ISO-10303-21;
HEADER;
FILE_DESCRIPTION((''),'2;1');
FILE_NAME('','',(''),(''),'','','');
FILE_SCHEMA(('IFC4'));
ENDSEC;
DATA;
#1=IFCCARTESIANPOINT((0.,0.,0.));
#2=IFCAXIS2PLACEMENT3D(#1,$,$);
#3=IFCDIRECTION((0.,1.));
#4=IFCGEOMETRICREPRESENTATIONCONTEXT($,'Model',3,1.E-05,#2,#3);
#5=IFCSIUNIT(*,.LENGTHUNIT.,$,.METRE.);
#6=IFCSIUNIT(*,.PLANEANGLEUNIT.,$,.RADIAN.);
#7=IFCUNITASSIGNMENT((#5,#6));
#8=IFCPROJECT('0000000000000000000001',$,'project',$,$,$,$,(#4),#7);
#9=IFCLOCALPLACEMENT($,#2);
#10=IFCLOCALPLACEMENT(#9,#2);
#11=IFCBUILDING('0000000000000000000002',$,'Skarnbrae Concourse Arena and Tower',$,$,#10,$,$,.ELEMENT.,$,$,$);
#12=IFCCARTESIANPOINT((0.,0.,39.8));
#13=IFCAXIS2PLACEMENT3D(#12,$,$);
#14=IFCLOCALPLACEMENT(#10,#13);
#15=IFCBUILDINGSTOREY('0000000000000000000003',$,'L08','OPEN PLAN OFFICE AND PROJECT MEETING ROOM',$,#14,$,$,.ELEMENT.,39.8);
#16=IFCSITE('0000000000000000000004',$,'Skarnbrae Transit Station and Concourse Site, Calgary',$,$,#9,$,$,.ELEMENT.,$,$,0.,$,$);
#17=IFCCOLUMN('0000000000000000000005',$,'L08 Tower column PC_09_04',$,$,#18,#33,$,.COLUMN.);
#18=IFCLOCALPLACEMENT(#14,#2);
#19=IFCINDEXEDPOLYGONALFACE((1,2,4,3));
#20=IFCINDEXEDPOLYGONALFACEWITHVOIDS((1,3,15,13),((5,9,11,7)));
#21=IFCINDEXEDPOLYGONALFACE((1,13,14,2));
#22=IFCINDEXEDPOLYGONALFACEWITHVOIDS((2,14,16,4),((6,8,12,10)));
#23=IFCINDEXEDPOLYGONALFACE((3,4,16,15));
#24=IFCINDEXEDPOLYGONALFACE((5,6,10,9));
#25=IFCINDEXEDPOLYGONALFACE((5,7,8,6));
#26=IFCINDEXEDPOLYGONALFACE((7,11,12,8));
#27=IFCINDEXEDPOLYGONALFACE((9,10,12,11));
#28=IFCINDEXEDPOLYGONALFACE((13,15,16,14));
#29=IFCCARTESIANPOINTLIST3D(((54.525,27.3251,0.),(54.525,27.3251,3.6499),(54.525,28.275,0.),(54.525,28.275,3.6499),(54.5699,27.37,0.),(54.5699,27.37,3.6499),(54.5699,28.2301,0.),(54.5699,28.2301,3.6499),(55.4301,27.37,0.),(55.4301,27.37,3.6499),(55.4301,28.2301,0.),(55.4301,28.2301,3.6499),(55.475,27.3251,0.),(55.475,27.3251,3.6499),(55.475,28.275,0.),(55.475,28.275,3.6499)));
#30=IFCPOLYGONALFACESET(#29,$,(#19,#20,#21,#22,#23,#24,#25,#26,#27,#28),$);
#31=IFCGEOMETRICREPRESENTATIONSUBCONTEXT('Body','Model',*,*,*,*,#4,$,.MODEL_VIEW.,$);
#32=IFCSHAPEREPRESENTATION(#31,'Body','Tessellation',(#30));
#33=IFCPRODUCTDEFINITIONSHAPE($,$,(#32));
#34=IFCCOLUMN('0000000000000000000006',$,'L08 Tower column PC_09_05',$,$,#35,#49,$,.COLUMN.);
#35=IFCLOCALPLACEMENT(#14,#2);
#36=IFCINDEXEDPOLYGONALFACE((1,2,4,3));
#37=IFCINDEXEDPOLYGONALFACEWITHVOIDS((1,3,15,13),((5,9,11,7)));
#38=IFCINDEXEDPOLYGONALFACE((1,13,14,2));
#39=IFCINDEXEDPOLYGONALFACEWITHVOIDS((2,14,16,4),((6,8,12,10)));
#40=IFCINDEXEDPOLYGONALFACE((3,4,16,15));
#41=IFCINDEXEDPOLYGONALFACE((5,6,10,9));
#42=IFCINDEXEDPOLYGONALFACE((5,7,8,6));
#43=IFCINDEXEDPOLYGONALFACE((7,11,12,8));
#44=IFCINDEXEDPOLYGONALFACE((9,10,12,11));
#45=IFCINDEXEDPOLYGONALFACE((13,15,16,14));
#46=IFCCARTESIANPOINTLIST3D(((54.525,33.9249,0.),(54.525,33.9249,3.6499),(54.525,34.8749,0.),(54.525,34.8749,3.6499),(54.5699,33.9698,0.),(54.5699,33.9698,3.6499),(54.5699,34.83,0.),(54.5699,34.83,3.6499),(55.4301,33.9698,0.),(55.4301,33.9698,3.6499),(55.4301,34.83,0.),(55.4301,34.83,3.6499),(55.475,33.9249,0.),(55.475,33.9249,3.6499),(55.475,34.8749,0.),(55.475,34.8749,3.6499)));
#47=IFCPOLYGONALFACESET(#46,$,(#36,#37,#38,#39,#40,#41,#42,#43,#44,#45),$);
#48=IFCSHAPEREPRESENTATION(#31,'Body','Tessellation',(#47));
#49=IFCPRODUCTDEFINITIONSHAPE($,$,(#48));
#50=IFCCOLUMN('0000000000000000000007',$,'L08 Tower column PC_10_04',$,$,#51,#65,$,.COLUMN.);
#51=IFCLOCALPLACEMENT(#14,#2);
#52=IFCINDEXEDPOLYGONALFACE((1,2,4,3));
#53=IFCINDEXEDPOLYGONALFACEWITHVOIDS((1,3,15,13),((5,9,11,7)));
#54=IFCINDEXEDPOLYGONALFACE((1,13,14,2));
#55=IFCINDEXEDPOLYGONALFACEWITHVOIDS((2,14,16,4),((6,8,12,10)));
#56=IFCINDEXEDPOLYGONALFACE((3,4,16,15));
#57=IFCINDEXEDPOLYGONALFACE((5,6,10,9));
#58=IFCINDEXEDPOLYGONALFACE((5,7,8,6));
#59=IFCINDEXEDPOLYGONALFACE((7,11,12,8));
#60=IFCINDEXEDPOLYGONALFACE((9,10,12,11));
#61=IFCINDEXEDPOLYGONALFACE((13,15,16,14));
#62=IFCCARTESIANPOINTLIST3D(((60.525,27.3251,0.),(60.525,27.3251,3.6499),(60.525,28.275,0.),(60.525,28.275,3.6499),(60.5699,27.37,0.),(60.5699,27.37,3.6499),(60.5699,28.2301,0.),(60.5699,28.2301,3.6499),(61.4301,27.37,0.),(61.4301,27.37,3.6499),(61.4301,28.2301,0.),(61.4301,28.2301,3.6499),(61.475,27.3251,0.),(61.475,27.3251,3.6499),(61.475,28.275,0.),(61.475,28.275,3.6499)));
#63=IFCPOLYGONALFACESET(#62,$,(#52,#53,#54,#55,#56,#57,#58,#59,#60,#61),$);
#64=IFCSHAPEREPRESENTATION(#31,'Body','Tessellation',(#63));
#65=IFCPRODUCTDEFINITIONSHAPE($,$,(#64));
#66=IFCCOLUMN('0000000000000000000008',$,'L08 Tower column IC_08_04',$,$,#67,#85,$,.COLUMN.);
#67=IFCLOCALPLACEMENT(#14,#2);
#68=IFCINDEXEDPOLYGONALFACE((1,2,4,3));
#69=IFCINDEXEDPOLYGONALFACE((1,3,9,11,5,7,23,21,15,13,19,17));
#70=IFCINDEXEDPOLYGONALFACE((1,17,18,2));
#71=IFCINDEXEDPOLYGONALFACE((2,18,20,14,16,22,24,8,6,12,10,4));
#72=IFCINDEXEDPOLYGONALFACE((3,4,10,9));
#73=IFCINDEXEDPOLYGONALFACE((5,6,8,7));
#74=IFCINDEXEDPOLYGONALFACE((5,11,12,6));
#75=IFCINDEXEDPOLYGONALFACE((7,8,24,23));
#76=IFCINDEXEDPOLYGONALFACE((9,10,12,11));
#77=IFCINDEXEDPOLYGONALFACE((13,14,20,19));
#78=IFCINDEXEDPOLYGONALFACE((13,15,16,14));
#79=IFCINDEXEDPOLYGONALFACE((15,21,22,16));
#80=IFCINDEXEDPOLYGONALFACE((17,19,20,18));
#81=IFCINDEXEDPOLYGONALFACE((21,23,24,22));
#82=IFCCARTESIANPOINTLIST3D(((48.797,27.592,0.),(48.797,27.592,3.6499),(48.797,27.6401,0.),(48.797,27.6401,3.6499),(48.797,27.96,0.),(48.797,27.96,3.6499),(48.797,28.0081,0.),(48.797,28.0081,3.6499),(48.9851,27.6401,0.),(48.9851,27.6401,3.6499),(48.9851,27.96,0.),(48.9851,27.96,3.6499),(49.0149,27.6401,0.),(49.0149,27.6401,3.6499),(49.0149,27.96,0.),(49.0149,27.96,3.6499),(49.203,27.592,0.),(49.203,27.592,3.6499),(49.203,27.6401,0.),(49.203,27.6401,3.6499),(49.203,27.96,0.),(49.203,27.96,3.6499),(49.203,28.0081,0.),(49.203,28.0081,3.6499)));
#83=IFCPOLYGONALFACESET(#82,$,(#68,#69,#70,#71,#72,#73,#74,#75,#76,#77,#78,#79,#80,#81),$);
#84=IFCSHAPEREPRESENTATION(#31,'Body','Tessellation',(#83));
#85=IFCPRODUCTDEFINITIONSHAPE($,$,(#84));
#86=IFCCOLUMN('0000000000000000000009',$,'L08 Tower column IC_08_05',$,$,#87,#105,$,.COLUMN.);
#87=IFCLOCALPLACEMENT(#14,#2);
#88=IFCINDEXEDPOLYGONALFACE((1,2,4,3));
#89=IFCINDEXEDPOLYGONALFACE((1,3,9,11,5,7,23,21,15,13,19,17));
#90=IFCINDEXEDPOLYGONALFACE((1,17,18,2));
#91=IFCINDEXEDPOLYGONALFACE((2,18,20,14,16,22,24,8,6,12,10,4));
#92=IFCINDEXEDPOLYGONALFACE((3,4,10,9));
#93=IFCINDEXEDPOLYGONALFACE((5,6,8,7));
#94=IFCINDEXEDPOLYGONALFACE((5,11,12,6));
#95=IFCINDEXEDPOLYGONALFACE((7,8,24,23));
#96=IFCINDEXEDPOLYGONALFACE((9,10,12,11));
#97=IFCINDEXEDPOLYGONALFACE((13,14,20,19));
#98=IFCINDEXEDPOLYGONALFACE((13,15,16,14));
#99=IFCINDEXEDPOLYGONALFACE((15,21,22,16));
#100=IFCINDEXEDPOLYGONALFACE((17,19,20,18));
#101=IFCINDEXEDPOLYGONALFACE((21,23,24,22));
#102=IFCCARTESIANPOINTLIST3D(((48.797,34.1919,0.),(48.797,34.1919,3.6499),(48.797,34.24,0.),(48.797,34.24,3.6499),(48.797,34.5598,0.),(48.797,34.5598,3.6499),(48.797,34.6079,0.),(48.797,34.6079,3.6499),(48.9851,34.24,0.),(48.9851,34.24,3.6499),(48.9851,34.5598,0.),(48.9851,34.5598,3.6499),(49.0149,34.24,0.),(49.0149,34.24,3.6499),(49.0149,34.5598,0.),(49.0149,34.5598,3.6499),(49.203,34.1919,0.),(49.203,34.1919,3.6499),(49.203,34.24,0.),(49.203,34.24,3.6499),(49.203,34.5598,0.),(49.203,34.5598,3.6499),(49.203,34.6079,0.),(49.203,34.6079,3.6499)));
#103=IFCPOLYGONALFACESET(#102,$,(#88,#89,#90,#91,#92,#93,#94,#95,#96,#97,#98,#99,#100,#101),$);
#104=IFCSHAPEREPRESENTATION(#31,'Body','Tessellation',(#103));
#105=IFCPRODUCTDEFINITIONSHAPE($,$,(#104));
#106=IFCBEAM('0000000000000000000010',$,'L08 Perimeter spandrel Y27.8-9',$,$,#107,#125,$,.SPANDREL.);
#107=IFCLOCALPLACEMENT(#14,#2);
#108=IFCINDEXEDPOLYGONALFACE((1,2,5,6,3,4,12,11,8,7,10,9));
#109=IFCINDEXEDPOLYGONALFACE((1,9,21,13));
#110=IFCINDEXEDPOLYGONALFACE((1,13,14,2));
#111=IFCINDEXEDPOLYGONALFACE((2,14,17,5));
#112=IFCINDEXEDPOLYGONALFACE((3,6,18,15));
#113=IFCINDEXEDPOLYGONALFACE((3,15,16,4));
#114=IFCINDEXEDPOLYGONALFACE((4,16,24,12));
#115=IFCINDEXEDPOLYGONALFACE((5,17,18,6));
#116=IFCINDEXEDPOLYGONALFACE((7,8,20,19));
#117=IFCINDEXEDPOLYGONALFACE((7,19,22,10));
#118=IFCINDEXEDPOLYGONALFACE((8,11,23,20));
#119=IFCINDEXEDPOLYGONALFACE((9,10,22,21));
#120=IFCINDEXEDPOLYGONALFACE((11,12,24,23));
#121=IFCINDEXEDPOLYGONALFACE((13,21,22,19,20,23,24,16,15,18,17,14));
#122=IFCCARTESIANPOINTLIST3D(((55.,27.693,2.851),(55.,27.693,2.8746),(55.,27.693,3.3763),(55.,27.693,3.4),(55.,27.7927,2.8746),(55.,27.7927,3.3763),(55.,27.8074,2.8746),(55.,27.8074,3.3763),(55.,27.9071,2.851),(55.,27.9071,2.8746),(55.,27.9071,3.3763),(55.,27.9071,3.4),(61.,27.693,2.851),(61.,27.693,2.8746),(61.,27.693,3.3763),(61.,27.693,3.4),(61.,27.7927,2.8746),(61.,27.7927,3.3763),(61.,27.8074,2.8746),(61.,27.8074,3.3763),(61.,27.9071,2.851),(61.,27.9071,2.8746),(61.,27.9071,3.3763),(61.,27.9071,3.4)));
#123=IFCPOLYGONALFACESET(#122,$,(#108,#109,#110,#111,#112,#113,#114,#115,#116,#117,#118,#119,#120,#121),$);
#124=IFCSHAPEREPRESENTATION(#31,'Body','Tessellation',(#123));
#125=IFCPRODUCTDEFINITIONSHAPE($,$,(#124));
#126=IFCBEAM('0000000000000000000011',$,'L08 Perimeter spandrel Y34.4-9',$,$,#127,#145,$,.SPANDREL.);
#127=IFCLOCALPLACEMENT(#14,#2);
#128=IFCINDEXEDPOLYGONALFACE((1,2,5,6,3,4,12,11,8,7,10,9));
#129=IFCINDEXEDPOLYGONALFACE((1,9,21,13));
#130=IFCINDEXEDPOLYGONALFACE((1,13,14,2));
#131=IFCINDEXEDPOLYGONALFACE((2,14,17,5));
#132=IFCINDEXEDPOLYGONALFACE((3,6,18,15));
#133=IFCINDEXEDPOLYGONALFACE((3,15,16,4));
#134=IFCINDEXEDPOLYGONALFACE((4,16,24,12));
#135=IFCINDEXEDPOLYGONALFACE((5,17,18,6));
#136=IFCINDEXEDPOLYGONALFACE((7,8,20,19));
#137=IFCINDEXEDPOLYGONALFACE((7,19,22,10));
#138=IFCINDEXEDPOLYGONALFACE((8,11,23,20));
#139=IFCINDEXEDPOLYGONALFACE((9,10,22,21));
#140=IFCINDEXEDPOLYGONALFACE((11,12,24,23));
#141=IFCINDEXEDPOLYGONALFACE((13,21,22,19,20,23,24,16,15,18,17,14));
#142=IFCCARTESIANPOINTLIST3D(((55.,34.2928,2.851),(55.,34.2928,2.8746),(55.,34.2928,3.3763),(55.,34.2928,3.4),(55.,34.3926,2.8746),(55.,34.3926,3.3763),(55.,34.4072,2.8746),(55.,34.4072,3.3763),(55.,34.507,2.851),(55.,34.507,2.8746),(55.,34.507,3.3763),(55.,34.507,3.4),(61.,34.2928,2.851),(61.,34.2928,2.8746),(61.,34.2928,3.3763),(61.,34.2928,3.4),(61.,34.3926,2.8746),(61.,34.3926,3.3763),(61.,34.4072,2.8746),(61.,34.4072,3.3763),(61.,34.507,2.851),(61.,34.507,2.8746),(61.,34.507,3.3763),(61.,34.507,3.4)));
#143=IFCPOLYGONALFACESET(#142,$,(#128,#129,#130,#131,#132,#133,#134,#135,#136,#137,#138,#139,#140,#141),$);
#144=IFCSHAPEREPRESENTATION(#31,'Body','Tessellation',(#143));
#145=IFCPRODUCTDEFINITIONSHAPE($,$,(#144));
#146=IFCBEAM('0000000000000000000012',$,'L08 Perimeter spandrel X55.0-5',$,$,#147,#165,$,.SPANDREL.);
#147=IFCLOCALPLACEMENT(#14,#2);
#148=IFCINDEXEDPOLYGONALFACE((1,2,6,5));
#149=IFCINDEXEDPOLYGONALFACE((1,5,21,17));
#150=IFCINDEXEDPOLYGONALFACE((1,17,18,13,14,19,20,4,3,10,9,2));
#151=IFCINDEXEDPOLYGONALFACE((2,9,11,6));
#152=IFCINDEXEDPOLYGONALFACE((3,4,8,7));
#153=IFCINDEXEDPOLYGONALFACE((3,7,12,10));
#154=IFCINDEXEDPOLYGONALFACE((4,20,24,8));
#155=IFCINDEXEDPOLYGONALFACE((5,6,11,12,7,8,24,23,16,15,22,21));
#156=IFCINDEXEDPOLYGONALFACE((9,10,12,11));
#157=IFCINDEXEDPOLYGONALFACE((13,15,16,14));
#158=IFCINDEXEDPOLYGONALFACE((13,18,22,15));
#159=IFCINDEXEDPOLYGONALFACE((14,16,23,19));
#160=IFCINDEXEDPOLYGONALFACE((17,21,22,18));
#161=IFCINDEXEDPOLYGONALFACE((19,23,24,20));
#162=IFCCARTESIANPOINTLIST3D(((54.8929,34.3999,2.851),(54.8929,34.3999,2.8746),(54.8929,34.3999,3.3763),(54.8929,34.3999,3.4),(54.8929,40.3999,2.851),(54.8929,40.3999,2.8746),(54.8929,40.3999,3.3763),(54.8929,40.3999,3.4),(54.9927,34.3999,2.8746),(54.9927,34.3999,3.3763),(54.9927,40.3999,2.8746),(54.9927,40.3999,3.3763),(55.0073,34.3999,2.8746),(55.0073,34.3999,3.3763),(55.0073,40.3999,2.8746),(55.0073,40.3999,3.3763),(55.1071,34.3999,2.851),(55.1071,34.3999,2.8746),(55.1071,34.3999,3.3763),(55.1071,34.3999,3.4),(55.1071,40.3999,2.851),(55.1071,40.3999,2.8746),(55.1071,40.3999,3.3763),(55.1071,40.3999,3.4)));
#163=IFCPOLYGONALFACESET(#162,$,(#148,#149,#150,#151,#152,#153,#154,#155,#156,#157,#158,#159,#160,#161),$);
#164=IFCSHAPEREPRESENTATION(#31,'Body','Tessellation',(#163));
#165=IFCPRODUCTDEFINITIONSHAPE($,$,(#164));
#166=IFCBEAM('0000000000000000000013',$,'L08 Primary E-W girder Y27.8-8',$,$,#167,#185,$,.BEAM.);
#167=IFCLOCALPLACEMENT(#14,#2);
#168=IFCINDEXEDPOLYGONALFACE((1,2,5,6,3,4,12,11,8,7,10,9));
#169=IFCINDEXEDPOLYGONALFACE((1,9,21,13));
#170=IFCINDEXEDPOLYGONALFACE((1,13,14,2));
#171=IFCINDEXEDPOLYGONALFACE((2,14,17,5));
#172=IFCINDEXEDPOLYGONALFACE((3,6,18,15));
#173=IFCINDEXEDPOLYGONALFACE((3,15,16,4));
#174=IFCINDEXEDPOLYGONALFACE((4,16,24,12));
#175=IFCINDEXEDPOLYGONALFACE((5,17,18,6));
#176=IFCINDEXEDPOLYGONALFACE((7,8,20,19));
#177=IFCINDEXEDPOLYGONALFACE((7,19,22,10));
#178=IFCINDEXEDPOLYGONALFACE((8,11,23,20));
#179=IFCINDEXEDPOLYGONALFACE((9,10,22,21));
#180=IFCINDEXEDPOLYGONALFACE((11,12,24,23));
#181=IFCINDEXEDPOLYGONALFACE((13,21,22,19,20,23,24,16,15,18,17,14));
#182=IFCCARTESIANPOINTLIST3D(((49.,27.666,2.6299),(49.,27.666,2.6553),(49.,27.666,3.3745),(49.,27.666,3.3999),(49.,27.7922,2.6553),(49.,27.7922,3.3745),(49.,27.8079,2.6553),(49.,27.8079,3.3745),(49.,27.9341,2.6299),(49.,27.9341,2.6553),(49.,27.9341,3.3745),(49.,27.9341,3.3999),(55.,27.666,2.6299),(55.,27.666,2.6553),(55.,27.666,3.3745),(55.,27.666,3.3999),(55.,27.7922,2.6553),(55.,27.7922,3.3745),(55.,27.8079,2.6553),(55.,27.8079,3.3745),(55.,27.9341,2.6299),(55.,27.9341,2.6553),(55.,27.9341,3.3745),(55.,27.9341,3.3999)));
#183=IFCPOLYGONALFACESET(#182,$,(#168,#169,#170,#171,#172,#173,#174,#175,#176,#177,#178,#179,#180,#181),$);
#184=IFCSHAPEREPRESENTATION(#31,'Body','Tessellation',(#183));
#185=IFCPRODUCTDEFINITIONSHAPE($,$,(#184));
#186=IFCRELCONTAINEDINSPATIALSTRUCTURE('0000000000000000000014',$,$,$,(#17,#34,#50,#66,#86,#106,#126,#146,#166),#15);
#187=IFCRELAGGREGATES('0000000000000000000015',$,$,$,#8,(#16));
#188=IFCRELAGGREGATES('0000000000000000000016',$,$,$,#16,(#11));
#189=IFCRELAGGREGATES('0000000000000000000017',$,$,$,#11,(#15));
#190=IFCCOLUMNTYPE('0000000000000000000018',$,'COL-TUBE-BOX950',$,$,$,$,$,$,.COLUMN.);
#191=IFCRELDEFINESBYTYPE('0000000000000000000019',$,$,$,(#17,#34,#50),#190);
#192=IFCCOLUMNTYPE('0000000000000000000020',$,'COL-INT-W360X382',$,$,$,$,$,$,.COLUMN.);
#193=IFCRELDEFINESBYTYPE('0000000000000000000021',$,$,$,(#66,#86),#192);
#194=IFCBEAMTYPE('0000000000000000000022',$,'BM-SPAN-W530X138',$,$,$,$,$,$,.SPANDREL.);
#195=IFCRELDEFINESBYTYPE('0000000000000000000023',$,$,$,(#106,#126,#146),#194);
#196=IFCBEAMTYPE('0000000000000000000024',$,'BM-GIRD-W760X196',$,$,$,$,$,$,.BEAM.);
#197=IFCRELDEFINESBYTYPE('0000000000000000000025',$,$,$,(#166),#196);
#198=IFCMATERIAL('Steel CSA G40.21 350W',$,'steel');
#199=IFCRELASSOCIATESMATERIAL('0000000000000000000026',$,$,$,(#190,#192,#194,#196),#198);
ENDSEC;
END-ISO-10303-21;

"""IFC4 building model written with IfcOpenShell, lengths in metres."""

from ifc_helpers import new_model, si_unit, direction, frame, origin, origin_2d, place, context, subcontext, project, spatial, hollow_rectangle, i_section, extrude, source, transform, mapped, material, material_profile, profile_set, type_object, element, save


model = new_model("IFC4")

# Units and contexts
model_context = context("Model", 3, precision=1e-05, world=origin(), true_north=direction((0.0, 1.0)))
body_context = subcontext(model_context, "Body", "Model", "MODEL_VIEW")
ifc_project = project(units=[si_unit("LENGTHUNIT", "METRE"), si_unit("PLANEANGLEUNIT", "RADIAN")], contexts=[model_context])

# Site, building, storey
site_placement = place(None, origin())
site = spatial("IfcSite", under=ifc_project, at=site_placement, Name="Skarnbrae Transit Station and Concourse Site, Calgary", CompositionType="ELEMENT", RefElevation=0.0)
building_placement = place(site_placement, origin())
building = spatial("IfcBuilding", under=site, at=building_placement, Name="Skarnbrae Concourse Arena and Tower", CompositionType="ELEMENT")
storey_placement = place(building_placement, frame((0.0, 0.0, 39.8)))
storey = spatial("IfcBuildingStorey", under=building, at=storey_placement, Name="L08", Description="OPEN PLAN OFFICE AND PROJECT MEETING ROOM", CompositionType="ELEMENT", Elevation=39.8)

# Columns
ifc_material_1 = material(Name="Steel CSA G40.21 350W", Category="steel")
ifc_material_profile_1 = material_profile(ifc_material_1, hollow_rectangle(XDim=0.95, YDim=0.95, WallThickness=0.0449, at=origin_2d()), Name="BOX950X950X45")
ifc_profile_set_1 = profile_set([ifc_material_profile_1], Name="Steel CSA G40.21 350W")
column_type_1 = type_object("IfcColumnType", Name="COL-TUBE-BOX950", PredefinedType="COLUMN", material=ifc_profile_set_1)
shared_shape_1 = source(origin(), body_context, "Body", "SweptSolid", [
    extrude(hollow_rectangle(XDim=0.95, YDim=0.95, WallThickness=0.0449, at=origin_2d()), origin(), (0.0, 0.0, 1.0), 3.6499),
])
for number, where, z_axis, x_axis, name in (
    (1, (55.0, 27.8, 0.0), (0.0, 0.0, 1.0), (1.0, 0.0, 0.0), "L08 Tower column PC_09_04"),
    (2, (55.0, 34.3999, 0.0), (0.0, 0.0, 1.0), (1.0, 0.0, 0.0), "L08 Tower column PC_09_05"),
    (3, (61.0, 27.8, 0.0), (0.0, 0.0, 1.0), (1.0, 0.0, 0.0), "L08 Tower column PC_10_04"),
):
    element("IfcColumn", number, at=place(storey_placement, frame(where, z_axis=z_axis, x_axis=x_axis)), inside=storey, type_object=column_type_1, Name=name, PredefinedType="COLUMN", context=body_context, shape_type="MappedRepresentation", body=[
        mapped(shared_shape_1, transform((0.0, 0.0, 0.0))),
    ])
ifc_material_profile_2 = material_profile(ifc_material_1, i_section(OverallWidth=0.406, OverallDepth=0.416, WebThickness=0.0298, FlangeThickness=0.0481, at=origin_2d()), Name="W360X382")
ifc_profile_set_2 = profile_set([ifc_material_profile_2], Name="Steel CSA G40.21 350W")
column_type_2 = type_object("IfcColumnType", Name="COL-INT-W360X382", PredefinedType="COLUMN", material=ifc_profile_set_2)
shared_shape_2 = source(origin(), body_context, "Body", "SweptSolid", [
    extrude(i_section(OverallWidth=0.406, OverallDepth=0.416, WebThickness=0.0298, FlangeThickness=0.0481, at=origin_2d()), origin(), (0.0, 0.0, 1.0), 3.6499),
])
for number, where, z_axis, x_axis, name in (
    (4, (49.0, 27.8, 0.0), (0.0, 0.0, 1.0), (1.0, 0.0, 0.0), "L08 Tower column IC_08_04"),
    (5, (49.0, 34.3999, 0.0), (0.0, 0.0, 1.0), (1.0, 0.0, 0.0), "L08 Tower column IC_08_05"),
):
    element("IfcColumn", number, at=place(storey_placement, frame(where, z_axis=z_axis, x_axis=x_axis)), inside=storey, type_object=column_type_2, Name=name, PredefinedType="COLUMN", context=body_context, shape_type="MappedRepresentation", body=[
        mapped(shared_shape_2, transform((0.0, 0.0, 0.0))),
    ])

# Beams
ifc_material_profile_3 = material_profile(ifc_material_1, i_section(OverallWidth=0.2141, OverallDepth=0.5491, WebThickness=0.0146, FlangeThickness=0.0237, at=origin_2d()), Name="W530X138")
ifc_profile_set_3 = profile_set([ifc_material_profile_3], Name="Steel CSA G40.21 350W")
beam_type_1 = type_object("IfcBeamType", Name="BM-SPAN-W530X138", PredefinedType="SPANDREL", material=ifc_profile_set_3)
shared_shape_3 = source(origin(), body_context, "Body", "SweptSolid", [
    extrude(i_section(OverallWidth=0.2141, OverallDepth=0.5491, WebThickness=0.0146, FlangeThickness=0.0237, at=origin_2d()), origin(), (0.0, 0.0, 1.0), 6.0),
])
for number, where, z_axis, x_axis, name in (
    (6, (55.0, 27.8, 3.1255), (1.0, 0.0, 0.0), (0.0, 1.0, 0.0), "L08 Perimeter spandrel Y27.8-9"),
    (7, (55.0, 34.3999, 3.1255), (1.0, 0.0, 0.0), (0.0, 1.0, 0.0), "L08 Perimeter spandrel Y34.4-9"),
    (8, (55.0, 34.3999, 3.1255), (0.0, 1.0, 0.0), (-1.0, 0.0, 0.0), "L08 Perimeter spandrel X55.0-5"),
):
    element("IfcBeam", number, at=place(storey_placement, frame(where, z_axis=z_axis, x_axis=x_axis)), inside=storey, type_object=beam_type_1, Name=name, PredefinedType="SPANDREL", context=body_context, shape_type="MappedRepresentation", body=[
        mapped(shared_shape_3, transform((0.0, 0.0, 0.0))),
    ])
ifc_material_profile_4 = material_profile(ifc_material_1, i_section(OverallWidth=0.2681, OverallDepth=0.77, WebThickness=0.0156, FlangeThickness=0.0254, at=origin_2d()), Name="W760X196")
ifc_profile_set_4 = profile_set([ifc_material_profile_4], Name="Steel CSA G40.21 350W")
beam_type_2 = type_object("IfcBeamType", Name="BM-GIRD-W760X196", PredefinedType="BEAM", material=ifc_profile_set_4)
shared_shape_4 = source(origin(), body_context, "Body", "SweptSolid", [
    extrude(i_section(OverallWidth=0.2681, OverallDepth=0.77, WebThickness=0.0156, FlangeThickness=0.0254, at=origin_2d()), origin(), (0.0, 0.0, 1.0), 6.0),
])
for number, where, z_axis, x_axis, name in (
    (9, (49.0, 27.8, 3.0149), (1.0, 0.0, 0.0), (0.0, 1.0, 0.0), "L08 Primary E-W girder Y27.8-8"),
):
    element("IfcBeam", number, at=place(storey_placement, frame(where, z_axis=z_axis, x_axis=x_axis)), inside=storey, type_object=beam_type_2, Name=name, PredefinedType="BEAM", context=body_context, shape_type="MappedRepresentation", body=[
        mapped(shared_shape_4, transform((0.0, 0.0, 0.0))),
    ])

save(model, "model.ifc")
